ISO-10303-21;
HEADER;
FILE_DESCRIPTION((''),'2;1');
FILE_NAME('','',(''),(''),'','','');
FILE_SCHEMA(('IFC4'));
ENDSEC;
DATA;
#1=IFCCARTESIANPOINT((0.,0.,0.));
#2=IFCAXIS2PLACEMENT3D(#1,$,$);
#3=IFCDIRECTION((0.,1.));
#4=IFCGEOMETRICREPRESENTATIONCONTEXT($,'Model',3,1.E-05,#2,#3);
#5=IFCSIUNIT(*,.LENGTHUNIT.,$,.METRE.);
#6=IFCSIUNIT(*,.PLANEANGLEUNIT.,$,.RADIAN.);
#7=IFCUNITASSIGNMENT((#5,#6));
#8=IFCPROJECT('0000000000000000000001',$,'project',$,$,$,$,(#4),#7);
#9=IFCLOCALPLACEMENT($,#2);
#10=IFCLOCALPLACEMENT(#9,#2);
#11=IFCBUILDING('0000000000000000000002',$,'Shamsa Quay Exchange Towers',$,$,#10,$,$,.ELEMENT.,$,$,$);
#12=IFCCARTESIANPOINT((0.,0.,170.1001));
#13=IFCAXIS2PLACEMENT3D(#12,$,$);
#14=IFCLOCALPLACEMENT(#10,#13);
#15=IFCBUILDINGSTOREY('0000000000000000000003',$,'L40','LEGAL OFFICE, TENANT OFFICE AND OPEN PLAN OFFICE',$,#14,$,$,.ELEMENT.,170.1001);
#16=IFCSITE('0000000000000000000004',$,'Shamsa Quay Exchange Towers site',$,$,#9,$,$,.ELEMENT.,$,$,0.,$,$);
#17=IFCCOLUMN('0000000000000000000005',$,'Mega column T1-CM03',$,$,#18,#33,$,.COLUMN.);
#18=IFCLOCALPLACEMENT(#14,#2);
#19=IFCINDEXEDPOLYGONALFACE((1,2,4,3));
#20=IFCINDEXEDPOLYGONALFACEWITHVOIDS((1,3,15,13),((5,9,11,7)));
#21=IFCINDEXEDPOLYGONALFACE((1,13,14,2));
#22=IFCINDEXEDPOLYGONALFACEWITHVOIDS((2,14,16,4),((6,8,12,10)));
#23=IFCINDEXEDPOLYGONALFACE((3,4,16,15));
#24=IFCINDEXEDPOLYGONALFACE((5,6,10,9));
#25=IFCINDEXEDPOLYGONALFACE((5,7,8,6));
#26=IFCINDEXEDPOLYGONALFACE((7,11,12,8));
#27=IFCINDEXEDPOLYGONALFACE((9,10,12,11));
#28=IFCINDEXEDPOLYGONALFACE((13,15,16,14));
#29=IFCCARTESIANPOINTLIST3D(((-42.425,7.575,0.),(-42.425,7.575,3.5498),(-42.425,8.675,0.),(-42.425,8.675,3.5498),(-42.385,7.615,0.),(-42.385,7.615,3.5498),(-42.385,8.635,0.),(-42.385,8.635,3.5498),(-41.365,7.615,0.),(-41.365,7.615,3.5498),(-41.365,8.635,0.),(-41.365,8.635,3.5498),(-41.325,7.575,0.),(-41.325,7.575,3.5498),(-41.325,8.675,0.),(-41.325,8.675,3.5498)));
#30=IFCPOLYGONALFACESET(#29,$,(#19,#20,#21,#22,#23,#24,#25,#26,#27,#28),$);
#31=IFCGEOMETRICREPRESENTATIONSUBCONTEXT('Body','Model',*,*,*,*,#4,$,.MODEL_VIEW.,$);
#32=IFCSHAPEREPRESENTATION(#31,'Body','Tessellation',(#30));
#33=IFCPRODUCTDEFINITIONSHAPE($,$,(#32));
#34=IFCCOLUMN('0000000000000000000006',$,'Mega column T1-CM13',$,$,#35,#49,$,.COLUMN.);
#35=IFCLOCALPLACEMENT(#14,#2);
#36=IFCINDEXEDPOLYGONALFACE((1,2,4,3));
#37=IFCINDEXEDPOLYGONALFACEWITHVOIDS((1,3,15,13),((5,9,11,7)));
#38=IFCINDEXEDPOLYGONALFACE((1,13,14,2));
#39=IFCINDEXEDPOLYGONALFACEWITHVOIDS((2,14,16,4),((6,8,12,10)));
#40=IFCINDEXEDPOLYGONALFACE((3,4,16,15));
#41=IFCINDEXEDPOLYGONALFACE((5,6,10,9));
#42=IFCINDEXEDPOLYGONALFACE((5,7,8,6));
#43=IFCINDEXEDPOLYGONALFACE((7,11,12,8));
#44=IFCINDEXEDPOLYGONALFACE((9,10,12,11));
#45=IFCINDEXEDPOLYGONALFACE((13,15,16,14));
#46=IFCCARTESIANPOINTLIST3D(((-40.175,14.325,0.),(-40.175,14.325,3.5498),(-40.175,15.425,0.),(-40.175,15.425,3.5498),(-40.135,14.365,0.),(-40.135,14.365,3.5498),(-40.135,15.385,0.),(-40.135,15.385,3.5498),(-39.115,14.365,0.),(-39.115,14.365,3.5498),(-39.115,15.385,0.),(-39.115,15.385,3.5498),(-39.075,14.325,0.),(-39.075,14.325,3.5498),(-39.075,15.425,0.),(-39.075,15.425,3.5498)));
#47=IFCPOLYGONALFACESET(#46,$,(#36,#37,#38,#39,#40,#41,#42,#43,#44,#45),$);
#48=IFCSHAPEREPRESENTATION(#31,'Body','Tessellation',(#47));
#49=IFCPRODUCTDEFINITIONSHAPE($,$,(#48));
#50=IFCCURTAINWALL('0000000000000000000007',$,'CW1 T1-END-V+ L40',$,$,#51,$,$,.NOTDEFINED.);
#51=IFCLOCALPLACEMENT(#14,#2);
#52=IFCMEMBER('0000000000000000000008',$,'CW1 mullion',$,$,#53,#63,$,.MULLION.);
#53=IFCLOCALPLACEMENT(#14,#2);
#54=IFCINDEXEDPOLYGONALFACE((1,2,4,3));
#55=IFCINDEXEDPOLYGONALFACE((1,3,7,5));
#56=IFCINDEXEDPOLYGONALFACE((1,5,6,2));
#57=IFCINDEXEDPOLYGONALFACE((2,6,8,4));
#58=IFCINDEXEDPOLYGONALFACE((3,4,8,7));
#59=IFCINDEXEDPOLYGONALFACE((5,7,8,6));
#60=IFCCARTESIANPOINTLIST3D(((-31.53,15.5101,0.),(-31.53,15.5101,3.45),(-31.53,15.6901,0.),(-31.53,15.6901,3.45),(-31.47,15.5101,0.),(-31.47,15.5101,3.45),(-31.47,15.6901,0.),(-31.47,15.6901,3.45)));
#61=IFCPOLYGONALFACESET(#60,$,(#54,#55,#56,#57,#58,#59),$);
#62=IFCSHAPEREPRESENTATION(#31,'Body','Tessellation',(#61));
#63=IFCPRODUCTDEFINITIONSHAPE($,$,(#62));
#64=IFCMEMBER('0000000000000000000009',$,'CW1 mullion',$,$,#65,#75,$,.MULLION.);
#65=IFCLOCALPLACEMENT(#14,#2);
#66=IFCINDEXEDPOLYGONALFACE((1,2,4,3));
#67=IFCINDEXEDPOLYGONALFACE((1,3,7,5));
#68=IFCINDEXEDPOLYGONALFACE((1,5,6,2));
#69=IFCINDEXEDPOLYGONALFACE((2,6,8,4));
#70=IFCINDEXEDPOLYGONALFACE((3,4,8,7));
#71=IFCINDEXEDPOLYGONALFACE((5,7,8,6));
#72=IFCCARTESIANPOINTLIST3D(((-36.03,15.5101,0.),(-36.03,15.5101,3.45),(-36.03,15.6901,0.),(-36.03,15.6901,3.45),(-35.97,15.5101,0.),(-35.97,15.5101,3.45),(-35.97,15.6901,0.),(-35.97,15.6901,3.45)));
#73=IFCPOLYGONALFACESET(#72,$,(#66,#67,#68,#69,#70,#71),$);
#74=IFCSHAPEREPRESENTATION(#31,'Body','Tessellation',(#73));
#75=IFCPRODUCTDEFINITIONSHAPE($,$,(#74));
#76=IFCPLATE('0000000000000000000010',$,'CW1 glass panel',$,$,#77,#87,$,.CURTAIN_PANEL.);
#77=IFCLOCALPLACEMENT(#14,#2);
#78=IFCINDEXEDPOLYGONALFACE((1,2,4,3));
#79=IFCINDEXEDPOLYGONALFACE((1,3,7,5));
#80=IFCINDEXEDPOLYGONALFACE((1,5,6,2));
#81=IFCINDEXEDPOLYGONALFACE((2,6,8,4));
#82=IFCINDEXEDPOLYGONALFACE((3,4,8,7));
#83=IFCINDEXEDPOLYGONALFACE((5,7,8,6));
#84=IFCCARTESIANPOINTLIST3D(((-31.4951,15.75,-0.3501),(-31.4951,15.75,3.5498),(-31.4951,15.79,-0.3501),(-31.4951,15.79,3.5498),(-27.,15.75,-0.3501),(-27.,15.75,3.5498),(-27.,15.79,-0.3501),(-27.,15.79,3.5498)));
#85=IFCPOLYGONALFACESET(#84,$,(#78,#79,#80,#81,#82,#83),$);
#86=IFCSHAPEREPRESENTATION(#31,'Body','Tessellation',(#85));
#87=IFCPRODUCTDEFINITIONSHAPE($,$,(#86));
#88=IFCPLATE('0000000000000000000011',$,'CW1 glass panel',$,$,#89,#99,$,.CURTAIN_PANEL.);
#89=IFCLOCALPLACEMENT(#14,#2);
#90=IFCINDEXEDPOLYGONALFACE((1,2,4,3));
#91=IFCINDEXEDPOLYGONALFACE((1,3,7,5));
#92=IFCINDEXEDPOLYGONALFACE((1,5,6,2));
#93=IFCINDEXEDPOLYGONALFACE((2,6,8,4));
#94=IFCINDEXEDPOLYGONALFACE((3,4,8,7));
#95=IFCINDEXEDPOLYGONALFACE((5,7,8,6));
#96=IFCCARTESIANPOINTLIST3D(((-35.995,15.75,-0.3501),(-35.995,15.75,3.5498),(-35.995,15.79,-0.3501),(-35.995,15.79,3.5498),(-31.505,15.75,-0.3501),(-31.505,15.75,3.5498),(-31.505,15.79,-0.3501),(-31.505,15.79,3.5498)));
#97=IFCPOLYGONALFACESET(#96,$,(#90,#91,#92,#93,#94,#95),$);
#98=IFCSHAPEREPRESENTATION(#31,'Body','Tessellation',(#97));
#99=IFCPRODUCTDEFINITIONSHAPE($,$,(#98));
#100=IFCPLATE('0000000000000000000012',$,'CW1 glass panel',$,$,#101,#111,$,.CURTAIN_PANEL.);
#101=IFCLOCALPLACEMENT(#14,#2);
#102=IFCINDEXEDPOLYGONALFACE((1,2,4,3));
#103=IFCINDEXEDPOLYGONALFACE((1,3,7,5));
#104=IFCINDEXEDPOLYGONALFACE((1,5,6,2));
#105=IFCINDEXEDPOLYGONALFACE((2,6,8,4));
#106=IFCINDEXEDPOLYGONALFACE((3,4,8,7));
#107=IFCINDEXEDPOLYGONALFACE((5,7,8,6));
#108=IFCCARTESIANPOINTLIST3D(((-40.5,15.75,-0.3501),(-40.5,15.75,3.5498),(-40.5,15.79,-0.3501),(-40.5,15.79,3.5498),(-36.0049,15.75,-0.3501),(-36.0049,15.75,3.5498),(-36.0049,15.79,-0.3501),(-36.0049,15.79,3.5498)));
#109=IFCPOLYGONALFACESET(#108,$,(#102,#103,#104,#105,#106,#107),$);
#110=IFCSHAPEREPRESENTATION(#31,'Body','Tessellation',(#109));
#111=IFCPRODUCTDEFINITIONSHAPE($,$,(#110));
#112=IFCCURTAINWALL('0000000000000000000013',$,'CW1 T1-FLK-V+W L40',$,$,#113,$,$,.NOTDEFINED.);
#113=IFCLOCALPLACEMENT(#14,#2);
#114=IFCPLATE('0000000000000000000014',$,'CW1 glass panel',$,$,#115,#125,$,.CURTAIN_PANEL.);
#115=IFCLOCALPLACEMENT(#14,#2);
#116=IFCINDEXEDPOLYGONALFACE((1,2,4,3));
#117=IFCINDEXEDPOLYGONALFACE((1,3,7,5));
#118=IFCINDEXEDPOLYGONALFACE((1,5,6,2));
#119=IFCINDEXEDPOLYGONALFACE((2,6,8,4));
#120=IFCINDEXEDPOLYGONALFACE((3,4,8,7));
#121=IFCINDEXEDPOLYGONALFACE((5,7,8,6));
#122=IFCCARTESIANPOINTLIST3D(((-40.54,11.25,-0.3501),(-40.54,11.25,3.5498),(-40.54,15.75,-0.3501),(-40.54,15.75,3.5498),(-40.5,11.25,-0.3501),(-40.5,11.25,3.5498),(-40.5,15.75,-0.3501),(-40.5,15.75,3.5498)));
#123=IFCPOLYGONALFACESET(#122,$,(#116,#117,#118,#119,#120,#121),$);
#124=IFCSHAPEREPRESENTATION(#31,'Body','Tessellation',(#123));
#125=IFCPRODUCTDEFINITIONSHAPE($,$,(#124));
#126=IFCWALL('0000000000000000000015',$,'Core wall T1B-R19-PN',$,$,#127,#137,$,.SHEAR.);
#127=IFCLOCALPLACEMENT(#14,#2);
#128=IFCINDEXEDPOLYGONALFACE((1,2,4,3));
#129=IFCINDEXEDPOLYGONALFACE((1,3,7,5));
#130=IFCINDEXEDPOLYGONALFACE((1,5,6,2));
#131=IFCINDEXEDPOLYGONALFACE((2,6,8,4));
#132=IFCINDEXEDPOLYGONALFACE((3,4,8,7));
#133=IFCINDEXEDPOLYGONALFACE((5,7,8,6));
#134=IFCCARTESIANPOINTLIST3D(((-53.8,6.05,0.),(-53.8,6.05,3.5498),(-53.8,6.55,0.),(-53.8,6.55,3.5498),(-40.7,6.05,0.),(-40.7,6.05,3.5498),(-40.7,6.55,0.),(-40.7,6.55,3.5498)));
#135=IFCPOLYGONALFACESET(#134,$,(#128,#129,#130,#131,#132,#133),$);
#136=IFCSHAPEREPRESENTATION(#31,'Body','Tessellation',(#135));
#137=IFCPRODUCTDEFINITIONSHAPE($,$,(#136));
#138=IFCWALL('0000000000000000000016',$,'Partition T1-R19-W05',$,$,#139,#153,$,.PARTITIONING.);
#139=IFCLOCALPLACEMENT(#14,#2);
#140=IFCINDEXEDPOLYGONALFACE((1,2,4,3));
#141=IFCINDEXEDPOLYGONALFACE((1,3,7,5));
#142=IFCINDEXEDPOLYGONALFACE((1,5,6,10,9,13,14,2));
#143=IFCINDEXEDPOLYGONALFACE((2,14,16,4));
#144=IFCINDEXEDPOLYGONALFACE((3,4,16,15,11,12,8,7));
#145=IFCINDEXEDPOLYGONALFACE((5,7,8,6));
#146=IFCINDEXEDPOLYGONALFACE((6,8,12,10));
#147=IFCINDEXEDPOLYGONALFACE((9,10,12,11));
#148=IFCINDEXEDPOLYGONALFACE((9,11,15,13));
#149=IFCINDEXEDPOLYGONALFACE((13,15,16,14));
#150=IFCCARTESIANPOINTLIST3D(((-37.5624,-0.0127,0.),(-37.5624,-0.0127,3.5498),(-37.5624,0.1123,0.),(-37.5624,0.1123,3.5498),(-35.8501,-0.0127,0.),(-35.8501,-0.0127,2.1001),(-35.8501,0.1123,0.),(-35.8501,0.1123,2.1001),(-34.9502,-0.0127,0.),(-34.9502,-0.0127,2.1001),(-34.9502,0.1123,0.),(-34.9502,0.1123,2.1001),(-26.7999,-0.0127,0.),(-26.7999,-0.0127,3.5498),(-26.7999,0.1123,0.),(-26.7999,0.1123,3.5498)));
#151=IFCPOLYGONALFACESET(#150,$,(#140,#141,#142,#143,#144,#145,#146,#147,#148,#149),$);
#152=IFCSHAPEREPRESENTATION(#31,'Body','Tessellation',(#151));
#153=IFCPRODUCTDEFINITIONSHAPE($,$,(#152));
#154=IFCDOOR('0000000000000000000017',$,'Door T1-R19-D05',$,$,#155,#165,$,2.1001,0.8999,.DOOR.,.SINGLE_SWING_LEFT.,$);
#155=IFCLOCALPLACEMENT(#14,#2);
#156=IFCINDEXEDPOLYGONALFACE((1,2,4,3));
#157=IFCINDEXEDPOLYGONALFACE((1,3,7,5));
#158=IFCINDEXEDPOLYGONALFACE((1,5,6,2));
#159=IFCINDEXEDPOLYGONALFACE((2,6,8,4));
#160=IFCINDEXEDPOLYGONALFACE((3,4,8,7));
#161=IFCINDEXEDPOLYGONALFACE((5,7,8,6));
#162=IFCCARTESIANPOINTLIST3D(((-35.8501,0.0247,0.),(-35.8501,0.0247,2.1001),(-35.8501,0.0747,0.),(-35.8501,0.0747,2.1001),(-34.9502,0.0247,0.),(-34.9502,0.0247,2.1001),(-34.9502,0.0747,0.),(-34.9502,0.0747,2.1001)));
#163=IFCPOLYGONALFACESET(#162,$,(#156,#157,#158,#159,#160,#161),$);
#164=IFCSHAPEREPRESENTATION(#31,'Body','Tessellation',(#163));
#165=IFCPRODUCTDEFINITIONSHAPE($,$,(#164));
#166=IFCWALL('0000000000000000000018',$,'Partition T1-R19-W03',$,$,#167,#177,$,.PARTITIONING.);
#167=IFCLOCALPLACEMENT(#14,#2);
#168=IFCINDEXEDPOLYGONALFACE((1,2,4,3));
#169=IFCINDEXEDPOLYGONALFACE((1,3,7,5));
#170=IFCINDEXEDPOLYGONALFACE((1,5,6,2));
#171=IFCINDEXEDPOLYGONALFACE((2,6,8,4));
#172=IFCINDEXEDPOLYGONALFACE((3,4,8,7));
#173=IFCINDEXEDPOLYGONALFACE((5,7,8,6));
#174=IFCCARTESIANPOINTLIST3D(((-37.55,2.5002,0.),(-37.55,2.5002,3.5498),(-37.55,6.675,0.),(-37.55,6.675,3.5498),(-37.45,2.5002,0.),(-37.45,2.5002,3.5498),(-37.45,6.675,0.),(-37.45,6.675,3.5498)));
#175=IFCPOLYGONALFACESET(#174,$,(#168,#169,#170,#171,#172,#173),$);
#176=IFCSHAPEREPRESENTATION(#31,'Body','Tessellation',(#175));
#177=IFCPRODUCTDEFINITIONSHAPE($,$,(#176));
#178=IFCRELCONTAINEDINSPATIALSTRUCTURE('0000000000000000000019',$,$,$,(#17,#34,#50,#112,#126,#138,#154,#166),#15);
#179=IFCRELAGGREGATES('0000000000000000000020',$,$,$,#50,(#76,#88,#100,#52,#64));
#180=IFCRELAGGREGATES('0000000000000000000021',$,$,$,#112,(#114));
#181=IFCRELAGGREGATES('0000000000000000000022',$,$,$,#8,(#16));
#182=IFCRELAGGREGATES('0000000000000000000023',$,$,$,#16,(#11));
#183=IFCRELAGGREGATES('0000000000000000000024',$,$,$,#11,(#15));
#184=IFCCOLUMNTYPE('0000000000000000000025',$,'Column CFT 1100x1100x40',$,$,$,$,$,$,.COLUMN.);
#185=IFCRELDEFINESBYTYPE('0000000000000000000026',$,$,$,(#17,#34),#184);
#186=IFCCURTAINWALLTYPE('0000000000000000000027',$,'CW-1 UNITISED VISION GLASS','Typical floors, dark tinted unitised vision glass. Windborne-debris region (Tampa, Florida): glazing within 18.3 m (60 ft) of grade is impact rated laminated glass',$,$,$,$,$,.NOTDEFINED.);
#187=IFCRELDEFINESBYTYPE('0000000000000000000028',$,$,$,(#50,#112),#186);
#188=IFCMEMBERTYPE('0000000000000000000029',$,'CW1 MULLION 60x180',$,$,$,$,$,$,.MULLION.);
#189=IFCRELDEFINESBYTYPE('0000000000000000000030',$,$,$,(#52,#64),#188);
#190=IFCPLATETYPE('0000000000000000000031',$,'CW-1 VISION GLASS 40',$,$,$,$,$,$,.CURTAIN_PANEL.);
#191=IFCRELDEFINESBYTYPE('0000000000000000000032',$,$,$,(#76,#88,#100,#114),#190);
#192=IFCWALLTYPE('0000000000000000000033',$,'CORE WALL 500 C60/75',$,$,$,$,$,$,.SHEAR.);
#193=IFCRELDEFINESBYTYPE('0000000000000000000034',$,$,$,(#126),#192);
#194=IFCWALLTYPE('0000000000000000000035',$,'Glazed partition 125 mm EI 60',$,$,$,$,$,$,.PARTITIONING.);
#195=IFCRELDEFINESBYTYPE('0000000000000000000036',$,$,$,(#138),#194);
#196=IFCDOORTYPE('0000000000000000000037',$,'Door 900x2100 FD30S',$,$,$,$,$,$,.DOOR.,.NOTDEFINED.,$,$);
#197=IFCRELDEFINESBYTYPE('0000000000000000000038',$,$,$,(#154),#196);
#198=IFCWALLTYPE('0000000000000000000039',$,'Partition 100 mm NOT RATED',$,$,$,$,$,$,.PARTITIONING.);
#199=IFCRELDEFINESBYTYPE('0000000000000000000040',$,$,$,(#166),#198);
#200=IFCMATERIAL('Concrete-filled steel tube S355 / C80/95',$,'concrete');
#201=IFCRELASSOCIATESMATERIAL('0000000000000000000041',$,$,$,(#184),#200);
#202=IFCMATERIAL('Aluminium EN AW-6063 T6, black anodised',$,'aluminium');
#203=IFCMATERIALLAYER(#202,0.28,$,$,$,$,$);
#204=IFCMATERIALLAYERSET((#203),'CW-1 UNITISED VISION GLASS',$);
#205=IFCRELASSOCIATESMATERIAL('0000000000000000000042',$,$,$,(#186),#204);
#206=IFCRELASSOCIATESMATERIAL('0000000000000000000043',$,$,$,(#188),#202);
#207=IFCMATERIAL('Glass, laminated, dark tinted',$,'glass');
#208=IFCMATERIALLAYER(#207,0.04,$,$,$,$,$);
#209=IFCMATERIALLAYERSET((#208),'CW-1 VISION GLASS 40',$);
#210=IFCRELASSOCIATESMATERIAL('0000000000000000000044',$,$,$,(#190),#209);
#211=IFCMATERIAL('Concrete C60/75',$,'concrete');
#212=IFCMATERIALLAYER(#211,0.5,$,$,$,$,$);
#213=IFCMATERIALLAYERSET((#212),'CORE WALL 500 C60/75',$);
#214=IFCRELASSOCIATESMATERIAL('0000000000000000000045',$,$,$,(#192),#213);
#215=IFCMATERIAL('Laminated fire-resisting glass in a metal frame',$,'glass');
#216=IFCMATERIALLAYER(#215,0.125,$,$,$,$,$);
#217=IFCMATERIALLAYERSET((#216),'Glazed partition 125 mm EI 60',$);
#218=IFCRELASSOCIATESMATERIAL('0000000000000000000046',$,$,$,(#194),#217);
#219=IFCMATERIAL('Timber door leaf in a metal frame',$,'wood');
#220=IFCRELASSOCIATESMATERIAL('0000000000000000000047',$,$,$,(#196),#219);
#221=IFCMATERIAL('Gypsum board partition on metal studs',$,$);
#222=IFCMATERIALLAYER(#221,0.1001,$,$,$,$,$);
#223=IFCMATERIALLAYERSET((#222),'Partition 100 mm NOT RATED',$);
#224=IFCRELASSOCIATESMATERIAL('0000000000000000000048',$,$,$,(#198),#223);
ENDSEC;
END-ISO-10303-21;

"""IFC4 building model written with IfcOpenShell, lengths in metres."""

from ifc_helpers import new_model, si_unit, direction, frame, frame_2d, origin, origin_2d, place, context, subcontext, project, spatial, rectangle, hollow_rectangle, extrude, material, layer, layer_set, material_profile, profile_set, type_object, element, fill, aggregate, save


model = new_model("IFC4")

# Units and contexts
model_context = context("Model", 3, precision=1e-05, world=origin(), true_north=direction((0.0, 1.0)))
body_context = subcontext(model_context, "Body", "Model", "MODEL_VIEW")
ifc_project = project(units=[si_unit("LENGTHUNIT", "METRE"), si_unit("PLANEANGLEUNIT", "RADIAN")], contexts=[model_context])

# Site, building, storey
site_placement = place(None, origin())
site = spatial("IfcSite", under=ifc_project, at=site_placement, Name="Shamsa Quay Exchange Towers site", CompositionType="ELEMENT", RefElevation=0.0)
building_placement = place(site_placement, origin())
building = spatial("IfcBuilding", under=site, at=building_placement, Name="Shamsa Quay Exchange Towers", CompositionType="ELEMENT")
storey_placement = place(building_placement, frame((0.0, 0.0, 170.1001)))
storey = spatial("IfcBuildingStorey", under=building, at=storey_placement, Name="L40", Description="LEGAL OFFICE, TENANT OFFICE AND OPEN PLAN OFFICE", CompositionType="ELEMENT", Elevation=170.1001)

# Columns
ifc_material_1 = material(Name="Concrete-filled steel tube S355 / C80/95", Category="concrete")
ifc_material_profile_1 = material_profile(ifc_material_1, hollow_rectangle(XDim=1.1001, YDim=1.1001, WallThickness=0.04, at=origin_2d()), Name="CFT 1100x1100x40")
ifc_profile_set_1 = profile_set([ifc_material_profile_1], Name="Concrete-filled steel tube S355 / C80/95")
column_type = type_object("IfcColumnType", Name="Column CFT 1100x1100x40", PredefinedType="COLUMN", material=ifc_profile_set_1)
for number, where, name in (
    (1, (-41.875, 8.125, 0.0), "Mega column T1-CM03"),
    (2, (-39.625, 14.875, 0.0), "Mega column T1-CM13"),
):
    element("IfcColumn", number, at=place(storey_placement, frame(where)), inside=storey, type_object=column_type, Name=name, PredefinedType="COLUMN", context=body_context, shape_type="SweptSolid", body=[
        extrude(hollow_rectangle(XDim=1.1001, YDim=1.1001, WallThickness=0.04, at=origin_2d()), origin(), (0.0, 0.0, 1.0), 3.5498),
    ])

# Curtain wall, members, plates
ifc_material_2 = material(Name="Aluminium EN AW-6063 T6, black anodised", Category="aluminium")
ifc_layer_1 = layer(ifc_material_2, 0.28)
ifc_layer_set_1 = layer_set([ifc_layer_1], Name="CW-1 UNITISED VISION GLASS")
curtain_wall_type = type_object("IfcCurtainWallType", Name="CW-1 UNITISED VISION GLASS", Description="Typical floors, dark tinted unitised vision glass. Windborne-debris region (Tampa, Florida): glazing within 18.3 m (60 ft) of grade is impact rated laminated glass", PredefinedType="NOTDEFINED", material=ifc_layer_set_1)
curtain_wall_1_placement = place(storey_placement, origin())
curtain_wall_1 = element("IfcCurtainWall", 3, at=curtain_wall_1_placement, inside=storey, type_object=curtain_wall_type, Name="CW1 T1-END-V+ L40", PredefinedType="NOTDEFINED")
ifc_material_profile_2 = material_profile(ifc_material_2, rectangle(XDim=0.1799, YDim=0.0601, at=origin_2d()), Name="MU60x180")
ifc_profile_set_2 = profile_set([ifc_material_profile_2], Name="Aluminium EN AW-6063 T6, black anodised")
member_type = type_object("IfcMemberType", Name="CW1 MULLION 60x180", PredefinedType="MULLION", material=ifc_profile_set_2)
member_1_placement = place(storey_placement, frame((-31.5, 15.6001, 0.0), z_axis=(0.0, 0.0, 1.0), x_axis=(0.0, -1.0, 0.0)))
member_1 = element("IfcMember", 4, at=member_1_placement, type_object=member_type, Name="CW1 mullion", PredefinedType="MULLION", context=body_context, shape_type="SweptSolid", body=[
    extrude(rectangle(XDim=0.1799, YDim=0.0601, at=origin_2d()), origin(), (0.0, 0.0, 1.0), 3.45),
])
member_2_placement = place(storey_placement, frame((-36.0, 15.6001, 0.0), z_axis=(0.0, 0.0, 1.0), x_axis=(0.0, -1.0, 0.0)))
member_2 = element("IfcMember", 5, at=member_2_placement, type_object=member_type, Name="CW1 mullion", PredefinedType="MULLION", context=body_context, shape_type="SweptSolid", body=[
    extrude(rectangle(XDim=0.1799, YDim=0.0601, at=origin_2d()), origin(), (0.0, 0.0, 1.0), 3.45),
])
ifc_material_3 = material(Name="Glass, laminated, dark tinted", Category="glass")
ifc_layer_2 = layer(ifc_material_3, 0.04)
ifc_layer_set_2 = layer_set([ifc_layer_2], Name="CW-1 VISION GLASS 40")
plate_type = type_object("IfcPlateType", Name="CW-1 VISION GLASS 40", PredefinedType="CURTAIN_PANEL", material=ifc_layer_set_2)
plate_1_placement = place(storey_placement, frame((-29.2476, 15.77, -0.3501), z_axis=(0.0, 0.0, 1.0), x_axis=(-1.0, 0.0, 0.0)))
plate_1 = element("IfcPlate", 6, at=plate_1_placement, type_object=plate_type, Name="CW1 glass panel", PredefinedType="CURTAIN_PANEL", context=body_context, shape_type="SweptSolid", body=[
    extrude(rectangle(XDim=4.4951, YDim=0.04, at=origin_2d()), origin(), (0.0, 0.0, 1.0), 3.8999),
])
plate_2_placement = place(storey_placement, frame((-33.75, 15.77, -0.3501), z_axis=(0.0, 0.0, 1.0), x_axis=(-1.0, 0.0, 0.0)))
plate_2 = element("IfcPlate", 7, at=plate_2_placement, type_object=plate_type, Name="CW1 glass panel", PredefinedType="CURTAIN_PANEL", context=body_context, shape_type="SweptSolid", body=[
    extrude(rectangle(XDim=4.49, YDim=0.04, at=origin_2d()), origin(), (0.0, 0.0, 1.0), 3.8999),
])
plate_3_placement = place(storey_placement, frame((-38.2524, 15.77, -0.3501), z_axis=(0.0, 0.0, 1.0), x_axis=(-1.0, 0.0, 0.0)))
plate_3 = element("IfcPlate", 8, at=plate_3_placement, type_object=plate_type, Name="CW1 glass panel", PredefinedType="CURTAIN_PANEL", context=body_context, shape_type="SweptSolid", body=[
    extrude(rectangle(XDim=4.4951, YDim=0.04, at=origin_2d()), origin(), (0.0, 0.0, 1.0), 3.8999),
])
aggregate(curtain_wall_1, [plate_1, plate_2, plate_3, member_1, member_2])

# Curtain wall, plate
curtain_wall_2_placement = place(storey_placement, origin())
curtain_wall_2 = element("IfcCurtainWall", 9, at=curtain_wall_2_placement, inside=storey, type_object=curtain_wall_type, Name="CW1 T1-FLK-V+W L40", PredefinedType="NOTDEFINED")
plate_4_placement = place(storey_placement, frame((-40.52, 13.5, -0.3501), z_axis=(0.0, 0.0, 1.0), x_axis=(0.0, -1.0, 0.0)))
plate_4 = element("IfcPlate", 10, at=plate_4_placement, type_object=plate_type, Name="CW1 glass panel", PredefinedType="CURTAIN_PANEL", context=body_context, shape_type="SweptSolid", body=[
    extrude(rectangle(XDim=4.5, YDim=0.04, at=origin_2d()), origin(), (0.0, 0.0, 1.0), 3.8999),
])
aggregate(curtain_wall_2, [plate_4])

# Wall
ifc_material_4 = material(Name="Concrete C60/75", Category="concrete")
ifc_layer_3 = layer(ifc_material_4, 0.5)
ifc_layer_set_3 = layer_set([ifc_layer_3], Name="CORE WALL 500 C60/75")
wall_type_1 = type_object("IfcWallType", Name="CORE WALL 500 C60/75", PredefinedType="SHEAR", material=ifc_layer_set_3)
wall_1_placement = place(storey_placement, frame((-40.7, 6.3, 0.0), z_axis=(0.0, 0.0, 1.0), x_axis=(-1.0, 0.0, 0.0)))
element("IfcWall", 11, at=wall_1_placement, inside=storey, type_object=wall_type_1, Name="Core wall T1B-R19-PN", PredefinedType="SHEAR", context=body_context, shape_type="SweptSolid", body=[
    extrude(rectangle(XDim=13.1001, YDim=0.5, at=frame_2d((6.55, 0.0))), origin(), (0.0, 0.0, 1.0), 3.5498),
])

# Wall, opening, door
ifc_material_5 = material(Name="Laminated fire-resisting glass in a metal frame", Category="glass")
ifc_layer_4 = layer(ifc_material_5, 0.125)
ifc_layer_set_4 = layer_set([ifc_layer_4], Name="Glazed partition 125 mm EI 60")
wall_type_2 = type_object("IfcWallType", Name="Glazed partition 125 mm EI 60", PredefinedType="PARTITIONING", material=ifc_layer_set_4)
wall_2_placement = place(storey_placement, frame((-37.5625, 0.0498, 0.0)))
wall_2 = element("IfcWall", 12, at=wall_2_placement, inside=storey, type_object=wall_type_2, Name="Partition T1-R19-W05", PredefinedType="PARTITIONING", context=body_context, shape_type="SweptSolid", body=[
    extrude(rectangle(XDim=10.7625, YDim=0.125, at=frame_2d((5.3813, 0.0))), origin(), (0.0, 0.0, 1.0), 3.5498),
])
opening_1_placement = place(wall_2_placement, frame((1.7124, 0.0, 0.0)))
opening_1 = element("IfcOpeningElement", 13, at=opening_1_placement, cuts=wall_2, PredefinedType="OPENING", context=body_context, shape_type="SweptSolid", body=[
    extrude(rectangle(XDim=0.8999, YDim=2.1001, at=frame_2d((0.45, 1.05))), frame((0.0, 0.0725, 0.0), z_axis=(0.0, -1.0, 0.0), x_axis=(1.0, 0.0, 0.0)), (0.0, 0.0, 1.0), 0.145),
])
ifc_material_6 = material(Name="Timber door leaf in a metal frame", Category="wood")
door_type_1 = type_object("IfcDoorType", Name="Door 900x2100 FD30S", OperationType="NOTDEFINED", PredefinedType="DOOR", material=ifc_material_6)
door_1_placement = place(opening_1_placement, origin())
door_1 = element("IfcDoor", 14, at=door_1_placement, inside=storey, type_object=door_type_1, Name="Door T1-R19-D05", OperationType="SINGLE_SWING_LEFT", OverallHeight=2.1001, OverallWidth=0.8999, PredefinedType="DOOR", context=body_context, shape_type="SweptSolid", body=[
    extrude(rectangle(XDim=0.8999, YDim=2.1001, at=frame_2d((0.45, 1.05))), frame((0.0, 0.0249, 0.0), z_axis=(0.0, -1.0, 0.0), x_axis=(1.0, 0.0, 0.0)), (0.0, 0.0, 1.0), 0.05),
])
fill(opening_1, door_1)

# Wall
ifc_material_7 = material(Name="Gypsum board partition on metal studs")
ifc_layer_5 = layer(ifc_material_7, 0.1001)
ifc_layer_set_5 = layer_set([ifc_layer_5], Name="Partition 100 mm NOT RATED")
wall_type_3 = type_object("IfcWallType", Name="Partition 100 mm NOT RATED", PredefinedType="PARTITIONING", material=ifc_layer_set_5)
wall_3_placement = place(storey_placement, frame((-37.5, 6.675, 0.0), z_axis=(0.0, 0.0, 1.0), x_axis=(0.0, -1.0, 0.0)))
element("IfcWall", 15, at=wall_3_placement, inside=storey, type_object=wall_type_3, Name="Partition T1-R19-W03", PredefinedType="PARTITIONING", context=body_context, shape_type="SweptSolid", body=[
    extrude(rectangle(XDim=4.1748, YDim=0.1001, at=frame_2d((2.0874, 0.0))), origin(), (0.0, 0.0, 1.0), 3.5498),
])

save(model, "model.ifc")
